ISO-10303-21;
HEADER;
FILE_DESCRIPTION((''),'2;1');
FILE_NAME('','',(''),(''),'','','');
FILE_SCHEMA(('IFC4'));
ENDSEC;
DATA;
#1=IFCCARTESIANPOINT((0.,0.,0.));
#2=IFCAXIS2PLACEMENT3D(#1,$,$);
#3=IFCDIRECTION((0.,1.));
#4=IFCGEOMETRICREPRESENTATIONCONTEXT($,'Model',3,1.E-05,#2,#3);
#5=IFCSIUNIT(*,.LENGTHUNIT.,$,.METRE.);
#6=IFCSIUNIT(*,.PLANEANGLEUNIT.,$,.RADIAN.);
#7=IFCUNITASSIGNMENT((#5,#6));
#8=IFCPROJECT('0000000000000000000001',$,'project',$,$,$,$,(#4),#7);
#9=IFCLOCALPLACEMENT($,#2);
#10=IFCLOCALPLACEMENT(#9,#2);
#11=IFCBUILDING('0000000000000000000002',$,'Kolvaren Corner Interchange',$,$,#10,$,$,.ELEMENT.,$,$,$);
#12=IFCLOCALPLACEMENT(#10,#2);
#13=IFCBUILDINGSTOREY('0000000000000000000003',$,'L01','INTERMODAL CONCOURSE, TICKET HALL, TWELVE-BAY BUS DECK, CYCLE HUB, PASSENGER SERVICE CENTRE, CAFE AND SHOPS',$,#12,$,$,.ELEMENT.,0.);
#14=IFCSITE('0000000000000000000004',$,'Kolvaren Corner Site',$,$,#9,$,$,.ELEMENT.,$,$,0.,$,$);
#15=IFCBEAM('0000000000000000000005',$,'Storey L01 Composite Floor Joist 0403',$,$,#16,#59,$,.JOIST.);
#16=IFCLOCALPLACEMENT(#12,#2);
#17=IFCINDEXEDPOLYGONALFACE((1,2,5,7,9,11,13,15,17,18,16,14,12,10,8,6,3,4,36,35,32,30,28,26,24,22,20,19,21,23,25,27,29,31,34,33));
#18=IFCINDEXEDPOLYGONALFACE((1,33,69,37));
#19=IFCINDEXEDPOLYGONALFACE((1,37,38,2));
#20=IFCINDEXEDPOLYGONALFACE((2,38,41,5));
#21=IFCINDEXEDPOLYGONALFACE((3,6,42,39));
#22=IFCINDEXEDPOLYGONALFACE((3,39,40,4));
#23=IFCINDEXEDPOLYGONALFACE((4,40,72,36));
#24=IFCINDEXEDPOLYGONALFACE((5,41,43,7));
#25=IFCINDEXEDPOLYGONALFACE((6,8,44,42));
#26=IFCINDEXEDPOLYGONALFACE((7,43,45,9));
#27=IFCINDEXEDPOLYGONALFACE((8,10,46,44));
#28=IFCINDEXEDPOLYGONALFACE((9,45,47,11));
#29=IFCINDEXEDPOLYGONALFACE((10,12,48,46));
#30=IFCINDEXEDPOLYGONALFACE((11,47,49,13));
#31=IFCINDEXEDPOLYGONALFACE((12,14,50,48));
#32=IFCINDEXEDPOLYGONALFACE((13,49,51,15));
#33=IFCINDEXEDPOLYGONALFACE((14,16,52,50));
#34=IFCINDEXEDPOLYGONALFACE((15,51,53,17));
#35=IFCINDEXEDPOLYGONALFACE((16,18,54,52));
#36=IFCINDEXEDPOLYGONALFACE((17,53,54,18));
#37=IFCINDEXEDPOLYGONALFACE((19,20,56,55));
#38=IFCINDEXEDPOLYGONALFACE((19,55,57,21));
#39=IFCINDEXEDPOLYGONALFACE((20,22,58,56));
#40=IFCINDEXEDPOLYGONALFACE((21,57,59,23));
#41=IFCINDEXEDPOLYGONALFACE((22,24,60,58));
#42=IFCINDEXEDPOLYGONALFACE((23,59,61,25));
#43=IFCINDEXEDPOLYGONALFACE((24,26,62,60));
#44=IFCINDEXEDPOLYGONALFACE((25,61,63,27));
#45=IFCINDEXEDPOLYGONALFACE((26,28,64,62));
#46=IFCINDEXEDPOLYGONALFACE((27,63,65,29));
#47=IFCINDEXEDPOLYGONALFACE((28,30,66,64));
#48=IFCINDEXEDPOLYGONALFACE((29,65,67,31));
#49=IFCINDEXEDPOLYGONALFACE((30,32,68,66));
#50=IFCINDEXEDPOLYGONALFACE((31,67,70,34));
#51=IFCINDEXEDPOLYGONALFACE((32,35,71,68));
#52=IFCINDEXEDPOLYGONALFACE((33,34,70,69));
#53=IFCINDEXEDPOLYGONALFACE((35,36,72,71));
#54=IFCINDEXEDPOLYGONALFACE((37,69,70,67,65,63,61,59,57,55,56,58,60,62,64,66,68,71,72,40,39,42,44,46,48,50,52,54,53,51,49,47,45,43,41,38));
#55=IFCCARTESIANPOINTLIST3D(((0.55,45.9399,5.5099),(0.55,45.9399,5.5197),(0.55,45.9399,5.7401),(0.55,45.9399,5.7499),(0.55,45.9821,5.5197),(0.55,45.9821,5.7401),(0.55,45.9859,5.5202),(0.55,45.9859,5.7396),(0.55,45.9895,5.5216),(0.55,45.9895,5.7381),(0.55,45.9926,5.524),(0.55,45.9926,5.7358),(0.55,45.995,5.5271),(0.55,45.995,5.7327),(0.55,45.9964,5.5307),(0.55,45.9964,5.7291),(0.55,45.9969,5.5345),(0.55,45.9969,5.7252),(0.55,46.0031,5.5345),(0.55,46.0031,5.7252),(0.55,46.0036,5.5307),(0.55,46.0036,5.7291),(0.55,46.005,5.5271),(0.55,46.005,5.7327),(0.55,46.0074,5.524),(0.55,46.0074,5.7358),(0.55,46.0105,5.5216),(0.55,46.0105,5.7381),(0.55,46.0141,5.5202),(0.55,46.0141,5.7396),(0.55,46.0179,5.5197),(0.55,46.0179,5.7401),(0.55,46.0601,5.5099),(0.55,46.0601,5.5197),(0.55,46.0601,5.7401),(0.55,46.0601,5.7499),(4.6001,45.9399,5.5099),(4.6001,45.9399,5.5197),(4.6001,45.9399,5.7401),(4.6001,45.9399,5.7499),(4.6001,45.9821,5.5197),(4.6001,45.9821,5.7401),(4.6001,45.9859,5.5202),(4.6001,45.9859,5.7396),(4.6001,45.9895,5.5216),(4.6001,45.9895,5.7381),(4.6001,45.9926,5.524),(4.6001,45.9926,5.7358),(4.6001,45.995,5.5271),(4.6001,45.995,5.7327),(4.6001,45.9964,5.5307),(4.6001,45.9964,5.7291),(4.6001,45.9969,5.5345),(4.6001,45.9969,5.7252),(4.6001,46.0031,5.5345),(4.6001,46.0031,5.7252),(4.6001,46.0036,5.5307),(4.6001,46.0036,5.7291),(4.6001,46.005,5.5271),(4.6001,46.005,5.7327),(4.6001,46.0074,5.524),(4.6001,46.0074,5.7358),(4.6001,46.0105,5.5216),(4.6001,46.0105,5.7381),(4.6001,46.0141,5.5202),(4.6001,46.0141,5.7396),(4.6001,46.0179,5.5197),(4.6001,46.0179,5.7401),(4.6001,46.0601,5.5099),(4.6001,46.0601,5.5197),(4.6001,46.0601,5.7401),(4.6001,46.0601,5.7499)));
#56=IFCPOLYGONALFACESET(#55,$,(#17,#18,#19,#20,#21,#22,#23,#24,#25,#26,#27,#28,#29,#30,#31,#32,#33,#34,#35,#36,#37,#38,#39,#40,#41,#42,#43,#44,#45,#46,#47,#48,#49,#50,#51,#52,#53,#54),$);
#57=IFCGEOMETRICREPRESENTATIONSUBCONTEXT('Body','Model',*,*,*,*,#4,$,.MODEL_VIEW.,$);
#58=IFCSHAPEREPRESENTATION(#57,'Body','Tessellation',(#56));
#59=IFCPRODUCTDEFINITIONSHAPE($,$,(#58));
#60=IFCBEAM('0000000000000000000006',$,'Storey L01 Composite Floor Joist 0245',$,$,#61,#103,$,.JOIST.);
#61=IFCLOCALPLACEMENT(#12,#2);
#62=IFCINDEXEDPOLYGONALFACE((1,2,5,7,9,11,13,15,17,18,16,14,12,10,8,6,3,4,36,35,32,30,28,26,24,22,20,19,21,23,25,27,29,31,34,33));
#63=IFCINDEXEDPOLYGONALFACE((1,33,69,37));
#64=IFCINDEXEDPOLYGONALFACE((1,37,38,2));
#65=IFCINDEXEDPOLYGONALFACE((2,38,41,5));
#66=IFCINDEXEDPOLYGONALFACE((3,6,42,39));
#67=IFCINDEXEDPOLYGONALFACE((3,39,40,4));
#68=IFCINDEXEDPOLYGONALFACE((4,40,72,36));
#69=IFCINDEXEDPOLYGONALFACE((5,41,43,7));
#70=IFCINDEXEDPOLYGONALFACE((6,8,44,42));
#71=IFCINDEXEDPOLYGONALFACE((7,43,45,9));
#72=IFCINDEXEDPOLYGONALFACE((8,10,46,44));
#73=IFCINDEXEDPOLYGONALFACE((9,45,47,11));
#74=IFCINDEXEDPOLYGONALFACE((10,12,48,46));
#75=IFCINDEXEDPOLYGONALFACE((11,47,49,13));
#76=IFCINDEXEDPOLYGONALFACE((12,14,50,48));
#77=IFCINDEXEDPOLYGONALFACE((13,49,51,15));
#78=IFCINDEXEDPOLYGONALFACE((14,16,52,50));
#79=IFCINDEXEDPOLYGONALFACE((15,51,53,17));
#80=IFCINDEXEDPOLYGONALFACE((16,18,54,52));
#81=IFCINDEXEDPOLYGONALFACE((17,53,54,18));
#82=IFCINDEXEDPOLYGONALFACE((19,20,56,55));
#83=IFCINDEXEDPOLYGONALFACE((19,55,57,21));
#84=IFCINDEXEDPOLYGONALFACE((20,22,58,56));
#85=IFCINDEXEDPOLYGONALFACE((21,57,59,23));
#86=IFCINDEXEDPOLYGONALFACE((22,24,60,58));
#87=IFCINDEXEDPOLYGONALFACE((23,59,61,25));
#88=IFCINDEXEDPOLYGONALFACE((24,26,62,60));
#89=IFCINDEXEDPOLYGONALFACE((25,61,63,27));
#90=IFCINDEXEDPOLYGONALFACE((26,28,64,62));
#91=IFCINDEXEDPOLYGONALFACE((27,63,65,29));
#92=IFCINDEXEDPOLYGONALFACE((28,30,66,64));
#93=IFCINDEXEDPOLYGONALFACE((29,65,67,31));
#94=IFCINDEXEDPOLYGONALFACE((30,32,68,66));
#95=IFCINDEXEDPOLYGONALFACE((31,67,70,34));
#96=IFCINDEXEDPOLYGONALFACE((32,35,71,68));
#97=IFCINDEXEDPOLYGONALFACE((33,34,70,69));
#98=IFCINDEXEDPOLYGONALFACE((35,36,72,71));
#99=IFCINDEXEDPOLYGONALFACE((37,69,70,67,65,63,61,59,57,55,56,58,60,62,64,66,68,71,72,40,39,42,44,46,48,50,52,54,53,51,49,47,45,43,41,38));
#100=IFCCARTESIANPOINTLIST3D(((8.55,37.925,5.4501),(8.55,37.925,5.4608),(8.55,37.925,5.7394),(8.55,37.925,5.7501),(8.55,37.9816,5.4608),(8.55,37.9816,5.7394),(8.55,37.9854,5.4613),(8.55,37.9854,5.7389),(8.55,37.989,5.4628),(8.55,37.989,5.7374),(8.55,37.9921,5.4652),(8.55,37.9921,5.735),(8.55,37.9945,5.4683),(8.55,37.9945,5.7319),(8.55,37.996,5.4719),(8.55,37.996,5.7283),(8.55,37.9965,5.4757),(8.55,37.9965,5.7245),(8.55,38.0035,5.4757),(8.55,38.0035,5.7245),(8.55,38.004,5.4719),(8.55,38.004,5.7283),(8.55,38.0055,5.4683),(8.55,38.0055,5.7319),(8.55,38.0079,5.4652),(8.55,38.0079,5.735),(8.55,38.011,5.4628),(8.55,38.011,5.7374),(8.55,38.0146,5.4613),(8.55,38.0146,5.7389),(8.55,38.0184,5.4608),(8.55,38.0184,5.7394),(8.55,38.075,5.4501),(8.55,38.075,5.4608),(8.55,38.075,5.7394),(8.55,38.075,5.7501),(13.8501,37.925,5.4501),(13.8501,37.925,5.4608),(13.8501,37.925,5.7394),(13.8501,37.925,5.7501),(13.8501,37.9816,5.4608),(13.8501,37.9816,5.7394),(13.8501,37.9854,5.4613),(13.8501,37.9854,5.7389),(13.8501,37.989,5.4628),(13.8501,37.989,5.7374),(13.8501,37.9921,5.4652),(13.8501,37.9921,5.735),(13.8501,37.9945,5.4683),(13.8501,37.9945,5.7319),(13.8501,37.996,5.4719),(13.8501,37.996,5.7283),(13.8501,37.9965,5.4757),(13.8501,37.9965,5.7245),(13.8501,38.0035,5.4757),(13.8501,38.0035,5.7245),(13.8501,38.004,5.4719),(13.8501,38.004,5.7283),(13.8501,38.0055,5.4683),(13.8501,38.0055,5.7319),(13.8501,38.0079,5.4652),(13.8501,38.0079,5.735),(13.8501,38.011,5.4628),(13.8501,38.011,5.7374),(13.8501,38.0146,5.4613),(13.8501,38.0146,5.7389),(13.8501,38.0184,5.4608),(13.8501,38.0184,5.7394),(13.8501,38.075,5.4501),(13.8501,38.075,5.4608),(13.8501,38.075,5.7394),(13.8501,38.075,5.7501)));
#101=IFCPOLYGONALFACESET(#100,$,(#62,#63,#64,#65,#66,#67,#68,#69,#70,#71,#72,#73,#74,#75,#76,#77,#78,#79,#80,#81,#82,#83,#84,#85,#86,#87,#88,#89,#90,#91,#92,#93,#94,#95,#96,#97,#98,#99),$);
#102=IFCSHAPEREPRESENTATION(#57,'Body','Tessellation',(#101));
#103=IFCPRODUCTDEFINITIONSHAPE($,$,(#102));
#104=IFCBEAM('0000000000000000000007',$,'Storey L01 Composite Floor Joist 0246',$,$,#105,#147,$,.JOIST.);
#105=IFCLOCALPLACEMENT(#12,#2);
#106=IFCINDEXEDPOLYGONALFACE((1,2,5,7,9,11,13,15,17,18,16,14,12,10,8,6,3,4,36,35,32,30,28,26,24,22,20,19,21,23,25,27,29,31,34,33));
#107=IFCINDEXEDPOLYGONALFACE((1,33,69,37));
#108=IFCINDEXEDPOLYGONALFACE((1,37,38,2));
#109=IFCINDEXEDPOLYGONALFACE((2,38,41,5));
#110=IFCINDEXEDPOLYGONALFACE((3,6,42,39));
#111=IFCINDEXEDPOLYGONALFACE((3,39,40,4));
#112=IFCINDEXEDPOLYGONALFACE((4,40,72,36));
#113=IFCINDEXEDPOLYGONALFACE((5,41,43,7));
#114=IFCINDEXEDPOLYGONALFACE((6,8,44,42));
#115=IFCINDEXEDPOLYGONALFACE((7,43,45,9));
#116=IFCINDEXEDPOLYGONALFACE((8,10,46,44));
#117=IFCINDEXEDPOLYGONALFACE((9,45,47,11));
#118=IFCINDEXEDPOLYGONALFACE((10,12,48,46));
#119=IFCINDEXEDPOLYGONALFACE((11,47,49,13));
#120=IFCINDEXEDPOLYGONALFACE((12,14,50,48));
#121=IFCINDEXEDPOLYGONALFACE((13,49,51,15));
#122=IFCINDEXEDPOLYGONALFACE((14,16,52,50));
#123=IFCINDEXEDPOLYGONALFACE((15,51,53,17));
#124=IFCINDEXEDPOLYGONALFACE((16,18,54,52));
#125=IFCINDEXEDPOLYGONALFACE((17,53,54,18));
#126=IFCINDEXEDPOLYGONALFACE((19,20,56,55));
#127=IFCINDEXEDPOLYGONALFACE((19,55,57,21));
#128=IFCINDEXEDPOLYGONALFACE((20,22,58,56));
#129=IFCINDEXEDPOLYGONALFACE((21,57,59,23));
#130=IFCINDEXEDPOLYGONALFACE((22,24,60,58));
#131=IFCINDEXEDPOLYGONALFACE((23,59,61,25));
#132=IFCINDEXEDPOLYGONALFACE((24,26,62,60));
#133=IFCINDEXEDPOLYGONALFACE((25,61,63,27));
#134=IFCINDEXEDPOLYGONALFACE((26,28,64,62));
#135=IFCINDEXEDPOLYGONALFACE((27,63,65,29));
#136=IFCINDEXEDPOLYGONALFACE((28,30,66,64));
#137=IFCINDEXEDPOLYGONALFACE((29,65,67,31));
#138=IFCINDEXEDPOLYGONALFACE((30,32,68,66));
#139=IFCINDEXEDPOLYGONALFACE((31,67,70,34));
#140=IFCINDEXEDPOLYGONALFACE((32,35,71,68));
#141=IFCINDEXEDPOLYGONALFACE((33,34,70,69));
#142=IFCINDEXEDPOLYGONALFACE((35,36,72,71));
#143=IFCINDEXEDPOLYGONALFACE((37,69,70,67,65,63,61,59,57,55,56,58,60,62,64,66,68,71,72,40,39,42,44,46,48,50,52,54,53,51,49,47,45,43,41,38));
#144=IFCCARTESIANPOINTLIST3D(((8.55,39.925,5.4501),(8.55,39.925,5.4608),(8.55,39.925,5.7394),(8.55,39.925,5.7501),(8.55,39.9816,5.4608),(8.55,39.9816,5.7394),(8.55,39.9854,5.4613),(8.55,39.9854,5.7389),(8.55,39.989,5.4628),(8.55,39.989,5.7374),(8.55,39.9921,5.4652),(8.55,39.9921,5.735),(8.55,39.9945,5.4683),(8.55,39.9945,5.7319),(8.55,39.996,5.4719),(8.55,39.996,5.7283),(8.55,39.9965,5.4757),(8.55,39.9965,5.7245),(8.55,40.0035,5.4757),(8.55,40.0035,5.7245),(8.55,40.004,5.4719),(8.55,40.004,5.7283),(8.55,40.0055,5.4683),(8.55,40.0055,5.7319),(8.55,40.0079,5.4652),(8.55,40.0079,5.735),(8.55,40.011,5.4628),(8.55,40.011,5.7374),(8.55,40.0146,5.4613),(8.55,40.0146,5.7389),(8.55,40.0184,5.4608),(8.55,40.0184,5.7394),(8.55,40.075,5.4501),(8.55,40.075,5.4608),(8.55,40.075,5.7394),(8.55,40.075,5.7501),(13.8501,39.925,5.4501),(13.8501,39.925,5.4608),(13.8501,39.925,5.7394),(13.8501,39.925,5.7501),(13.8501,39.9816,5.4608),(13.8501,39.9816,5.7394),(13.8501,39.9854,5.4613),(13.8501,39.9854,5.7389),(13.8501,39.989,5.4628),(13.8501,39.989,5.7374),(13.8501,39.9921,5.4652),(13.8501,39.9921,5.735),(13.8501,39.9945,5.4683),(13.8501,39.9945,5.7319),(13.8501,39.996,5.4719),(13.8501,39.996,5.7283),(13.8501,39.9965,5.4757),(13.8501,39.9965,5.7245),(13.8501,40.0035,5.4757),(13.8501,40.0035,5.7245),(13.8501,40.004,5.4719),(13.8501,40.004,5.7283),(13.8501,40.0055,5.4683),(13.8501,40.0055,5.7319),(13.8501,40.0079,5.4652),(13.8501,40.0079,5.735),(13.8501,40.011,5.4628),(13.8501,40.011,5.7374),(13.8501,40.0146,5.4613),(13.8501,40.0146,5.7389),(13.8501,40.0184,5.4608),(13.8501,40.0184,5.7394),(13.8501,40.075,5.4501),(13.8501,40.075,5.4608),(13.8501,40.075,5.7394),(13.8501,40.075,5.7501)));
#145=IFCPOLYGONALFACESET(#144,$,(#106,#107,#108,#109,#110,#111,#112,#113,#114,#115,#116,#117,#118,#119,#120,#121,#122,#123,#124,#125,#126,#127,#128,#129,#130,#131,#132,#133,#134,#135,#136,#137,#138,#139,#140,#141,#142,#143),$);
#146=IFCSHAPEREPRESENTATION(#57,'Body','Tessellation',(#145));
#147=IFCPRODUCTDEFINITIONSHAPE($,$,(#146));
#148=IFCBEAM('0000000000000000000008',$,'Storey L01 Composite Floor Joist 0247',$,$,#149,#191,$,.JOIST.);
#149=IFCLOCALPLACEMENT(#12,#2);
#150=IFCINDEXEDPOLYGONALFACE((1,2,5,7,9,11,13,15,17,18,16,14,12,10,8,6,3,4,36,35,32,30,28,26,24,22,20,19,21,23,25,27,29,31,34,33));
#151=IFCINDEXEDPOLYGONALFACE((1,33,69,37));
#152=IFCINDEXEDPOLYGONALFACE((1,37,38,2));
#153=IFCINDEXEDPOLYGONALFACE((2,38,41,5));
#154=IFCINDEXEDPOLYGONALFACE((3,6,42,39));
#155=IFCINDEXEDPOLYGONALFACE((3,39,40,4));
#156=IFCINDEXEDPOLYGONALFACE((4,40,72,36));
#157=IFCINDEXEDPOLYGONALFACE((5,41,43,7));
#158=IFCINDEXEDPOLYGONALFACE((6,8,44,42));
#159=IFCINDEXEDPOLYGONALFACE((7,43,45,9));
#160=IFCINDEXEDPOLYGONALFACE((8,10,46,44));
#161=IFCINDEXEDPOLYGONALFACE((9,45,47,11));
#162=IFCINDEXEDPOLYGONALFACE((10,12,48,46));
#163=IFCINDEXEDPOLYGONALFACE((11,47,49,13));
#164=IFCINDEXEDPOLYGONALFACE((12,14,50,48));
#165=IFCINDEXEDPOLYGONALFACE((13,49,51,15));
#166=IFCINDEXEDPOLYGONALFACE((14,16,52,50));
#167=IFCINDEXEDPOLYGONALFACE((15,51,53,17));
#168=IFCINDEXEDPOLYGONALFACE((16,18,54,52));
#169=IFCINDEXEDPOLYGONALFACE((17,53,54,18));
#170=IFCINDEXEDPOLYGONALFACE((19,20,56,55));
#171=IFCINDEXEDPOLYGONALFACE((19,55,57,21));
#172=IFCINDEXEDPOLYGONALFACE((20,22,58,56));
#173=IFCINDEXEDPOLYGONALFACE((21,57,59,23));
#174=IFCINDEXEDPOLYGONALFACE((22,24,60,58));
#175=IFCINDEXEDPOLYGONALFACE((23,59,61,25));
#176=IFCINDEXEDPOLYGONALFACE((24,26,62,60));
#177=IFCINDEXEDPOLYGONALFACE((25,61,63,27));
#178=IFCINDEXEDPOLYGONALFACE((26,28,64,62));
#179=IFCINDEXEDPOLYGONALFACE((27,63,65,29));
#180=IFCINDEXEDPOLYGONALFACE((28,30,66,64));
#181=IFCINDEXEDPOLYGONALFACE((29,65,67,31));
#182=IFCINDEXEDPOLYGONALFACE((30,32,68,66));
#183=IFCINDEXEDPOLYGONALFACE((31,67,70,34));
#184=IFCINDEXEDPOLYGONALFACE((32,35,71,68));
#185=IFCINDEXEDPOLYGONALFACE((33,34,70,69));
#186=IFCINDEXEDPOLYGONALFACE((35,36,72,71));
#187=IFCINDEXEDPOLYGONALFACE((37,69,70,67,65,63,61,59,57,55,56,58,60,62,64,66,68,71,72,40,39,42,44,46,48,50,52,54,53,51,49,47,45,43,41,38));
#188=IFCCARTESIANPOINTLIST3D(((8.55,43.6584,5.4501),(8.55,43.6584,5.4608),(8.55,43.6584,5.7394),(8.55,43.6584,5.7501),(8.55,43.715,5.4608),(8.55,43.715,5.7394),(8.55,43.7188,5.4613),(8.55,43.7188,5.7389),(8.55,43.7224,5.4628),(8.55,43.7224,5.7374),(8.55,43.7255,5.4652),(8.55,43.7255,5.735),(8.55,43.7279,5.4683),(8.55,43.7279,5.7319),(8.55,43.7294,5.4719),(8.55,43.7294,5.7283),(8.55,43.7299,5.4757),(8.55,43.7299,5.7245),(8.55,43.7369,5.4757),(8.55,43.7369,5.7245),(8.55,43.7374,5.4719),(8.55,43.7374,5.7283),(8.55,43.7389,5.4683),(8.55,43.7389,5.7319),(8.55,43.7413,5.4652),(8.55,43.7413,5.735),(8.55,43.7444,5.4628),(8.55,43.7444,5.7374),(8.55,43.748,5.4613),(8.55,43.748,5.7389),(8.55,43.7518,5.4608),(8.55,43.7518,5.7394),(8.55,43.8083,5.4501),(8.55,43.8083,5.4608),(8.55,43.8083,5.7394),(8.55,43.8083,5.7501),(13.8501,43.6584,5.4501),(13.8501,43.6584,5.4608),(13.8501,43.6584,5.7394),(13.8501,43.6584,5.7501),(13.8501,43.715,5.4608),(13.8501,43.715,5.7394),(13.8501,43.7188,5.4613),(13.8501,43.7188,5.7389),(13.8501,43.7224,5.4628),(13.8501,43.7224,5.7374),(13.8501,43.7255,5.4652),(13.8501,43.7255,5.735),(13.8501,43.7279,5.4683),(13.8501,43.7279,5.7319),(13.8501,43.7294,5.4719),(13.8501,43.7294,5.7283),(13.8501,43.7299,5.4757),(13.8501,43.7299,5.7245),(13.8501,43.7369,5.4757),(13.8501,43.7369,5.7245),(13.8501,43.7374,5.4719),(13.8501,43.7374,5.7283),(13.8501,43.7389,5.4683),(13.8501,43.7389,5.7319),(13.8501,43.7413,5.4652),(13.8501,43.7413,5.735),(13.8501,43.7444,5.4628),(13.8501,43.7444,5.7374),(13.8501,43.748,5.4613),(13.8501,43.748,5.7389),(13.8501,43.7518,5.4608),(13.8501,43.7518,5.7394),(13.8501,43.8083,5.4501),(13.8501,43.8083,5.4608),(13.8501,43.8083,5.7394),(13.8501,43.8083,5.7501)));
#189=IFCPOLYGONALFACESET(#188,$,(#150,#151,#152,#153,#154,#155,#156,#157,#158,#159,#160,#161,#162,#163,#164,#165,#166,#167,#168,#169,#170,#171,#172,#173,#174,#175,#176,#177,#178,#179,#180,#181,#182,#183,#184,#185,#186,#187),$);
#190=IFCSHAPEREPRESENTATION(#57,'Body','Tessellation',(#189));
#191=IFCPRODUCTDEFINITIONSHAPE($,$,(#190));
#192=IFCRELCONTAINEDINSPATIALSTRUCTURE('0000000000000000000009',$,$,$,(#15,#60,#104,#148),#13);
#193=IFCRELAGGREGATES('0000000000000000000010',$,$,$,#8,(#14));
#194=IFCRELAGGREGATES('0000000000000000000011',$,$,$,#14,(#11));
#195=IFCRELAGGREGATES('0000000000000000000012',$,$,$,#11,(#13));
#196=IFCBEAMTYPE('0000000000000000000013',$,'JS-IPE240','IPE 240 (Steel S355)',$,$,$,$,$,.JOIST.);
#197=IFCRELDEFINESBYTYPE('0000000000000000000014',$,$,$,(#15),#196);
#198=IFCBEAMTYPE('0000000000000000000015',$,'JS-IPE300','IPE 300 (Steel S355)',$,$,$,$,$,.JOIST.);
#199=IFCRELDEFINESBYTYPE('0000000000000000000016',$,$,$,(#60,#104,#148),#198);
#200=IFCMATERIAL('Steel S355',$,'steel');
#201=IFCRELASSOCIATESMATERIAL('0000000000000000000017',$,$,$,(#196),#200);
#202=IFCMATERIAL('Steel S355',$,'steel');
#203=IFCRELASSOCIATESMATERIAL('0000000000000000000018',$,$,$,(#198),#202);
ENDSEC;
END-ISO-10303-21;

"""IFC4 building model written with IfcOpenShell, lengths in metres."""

from ifc_helpers import new_model, si_unit, direction, frame, origin, origin_2d, place, context, subcontext, project, spatial, i_section, extrude, material, material_profile, profile_set, type_object, element, save


model = new_model("IFC4")

# Units and contexts
model_context = context("Model", 3, precision=1e-05, world=origin(), true_north=direction((0.0, 1.0)))
body_context = subcontext(model_context, "Body", "Model", "MODEL_VIEW")
ifc_project = project(units=[si_unit("LENGTHUNIT", "METRE"), si_unit("PLANEANGLEUNIT", "RADIAN")], contexts=[model_context])

# Site, building, storey
site_placement = place(None, origin())
site = spatial("IfcSite", under=ifc_project, at=site_placement, Name="Kolvaren Corner Site", CompositionType="ELEMENT", RefElevation=0.0)
building_placement = place(site_placement, origin())
building = spatial("IfcBuilding", under=site, at=building_placement, Name="Kolvaren Corner Interchange", CompositionType="ELEMENT")
storey_placement = place(building_placement, origin())
storey = spatial("IfcBuildingStorey", under=building, at=storey_placement, Name="L01", Description="INTERMODAL CONCOURSE, TICKET HALL, TWELVE-BAY BUS DECK, CYCLE HUB, PASSENGER SERVICE CENTRE, CAFE AND SHOPS", CompositionType="ELEMENT", Elevation=0.0)

# Beams
ifc_material_1 = material(Name="Steel S355", Category="steel")
ifc_material_profile_1 = material_profile(ifc_material_1, i_section(OverallWidth=0.1201, OverallDepth=0.24, WebThickness=0.0061, FlangeThickness=0.0098, FilletRadius=0.0149, at=origin_2d()), Name="IPE 240")
ifc_profile_set_1 = profile_set([ifc_material_profile_1], Name="Steel S355")
beam_type_1 = type_object("IfcBeamType", Name="JS-IPE240", Description="IPE 240 (Steel S355)", PredefinedType="JOIST", material=ifc_profile_set_1)
for number, where, z_axis, x_axis, name in (
    (1, (0.55, 46.0, 5.6299), (1.0, 0.0, 0.0), (0.0, 1.0, 0.0), "Storey L01 Composite Floor Joist 0403"),
):
    element("IfcBeam", number, at=place(storey_placement, frame(where, z_axis=z_axis, x_axis=x_axis)), inside=storey, type_object=beam_type_1, Name=name, PredefinedType="JOIST", context=body_context, shape_type="SweptSolid", body=[
        extrude(i_section(OverallWidth=0.1201, OverallDepth=0.24, WebThickness=0.0061, FlangeThickness=0.0098, FilletRadius=0.0149, at=origin_2d()), origin(), (0.0, 0.0, 1.0), 4.05),
    ])
ifc_material_2 = material(Name="Steel S355", Category="steel")
ifc_material_profile_2 = material_profile(ifc_material_2, i_section(OverallWidth=0.1499, OverallDepth=0.3, WebThickness=0.0071, FlangeThickness=0.0107, FilletRadius=0.0149, at=origin_2d()), Name="IPE 300")
ifc_profile_set_2 = profile_set([ifc_material_profile_2], Name="Steel S355")
beam_type_2 = type_object("IfcBeamType", Name="JS-IPE300", Description="IPE 300 (Steel S355)", PredefinedType="JOIST", material=ifc_profile_set_2)
for number, where, z_axis, x_axis, name in (
    (2, (8.55, 38.0, 5.6001), (1.0, 0.0, 0.0), (0.0, 1.0, 0.0), "Storey L01 Composite Floor Joist 0245"),
    (3, (8.55, 40.0, 5.6001), (1.0, 0.0, 0.0), (0.0, 1.0, 0.0), "Storey L01 Composite Floor Joist 0246"),
    (4, (8.55, 43.7334, 5.6001), (1.0, 0.0, 0.0), (0.0, 1.0, 0.0), "Storey L01 Composite Floor Joist 0247"),
):
    element("IfcBeam", number, at=place(storey_placement, frame(where, z_axis=z_axis, x_axis=x_axis)), inside=storey, type_object=beam_type_2, Name=name, PredefinedType="JOIST", context=body_context, shape_type="SweptSolid", body=[
        extrude(i_section(OverallWidth=0.1499, OverallDepth=0.3, WebThickness=0.0071, FlangeThickness=0.0107, FilletRadius=0.0149, at=origin_2d()), origin(), (0.0, 0.0, 1.0), 5.3),
    ])

save(model, "model.ifc")
